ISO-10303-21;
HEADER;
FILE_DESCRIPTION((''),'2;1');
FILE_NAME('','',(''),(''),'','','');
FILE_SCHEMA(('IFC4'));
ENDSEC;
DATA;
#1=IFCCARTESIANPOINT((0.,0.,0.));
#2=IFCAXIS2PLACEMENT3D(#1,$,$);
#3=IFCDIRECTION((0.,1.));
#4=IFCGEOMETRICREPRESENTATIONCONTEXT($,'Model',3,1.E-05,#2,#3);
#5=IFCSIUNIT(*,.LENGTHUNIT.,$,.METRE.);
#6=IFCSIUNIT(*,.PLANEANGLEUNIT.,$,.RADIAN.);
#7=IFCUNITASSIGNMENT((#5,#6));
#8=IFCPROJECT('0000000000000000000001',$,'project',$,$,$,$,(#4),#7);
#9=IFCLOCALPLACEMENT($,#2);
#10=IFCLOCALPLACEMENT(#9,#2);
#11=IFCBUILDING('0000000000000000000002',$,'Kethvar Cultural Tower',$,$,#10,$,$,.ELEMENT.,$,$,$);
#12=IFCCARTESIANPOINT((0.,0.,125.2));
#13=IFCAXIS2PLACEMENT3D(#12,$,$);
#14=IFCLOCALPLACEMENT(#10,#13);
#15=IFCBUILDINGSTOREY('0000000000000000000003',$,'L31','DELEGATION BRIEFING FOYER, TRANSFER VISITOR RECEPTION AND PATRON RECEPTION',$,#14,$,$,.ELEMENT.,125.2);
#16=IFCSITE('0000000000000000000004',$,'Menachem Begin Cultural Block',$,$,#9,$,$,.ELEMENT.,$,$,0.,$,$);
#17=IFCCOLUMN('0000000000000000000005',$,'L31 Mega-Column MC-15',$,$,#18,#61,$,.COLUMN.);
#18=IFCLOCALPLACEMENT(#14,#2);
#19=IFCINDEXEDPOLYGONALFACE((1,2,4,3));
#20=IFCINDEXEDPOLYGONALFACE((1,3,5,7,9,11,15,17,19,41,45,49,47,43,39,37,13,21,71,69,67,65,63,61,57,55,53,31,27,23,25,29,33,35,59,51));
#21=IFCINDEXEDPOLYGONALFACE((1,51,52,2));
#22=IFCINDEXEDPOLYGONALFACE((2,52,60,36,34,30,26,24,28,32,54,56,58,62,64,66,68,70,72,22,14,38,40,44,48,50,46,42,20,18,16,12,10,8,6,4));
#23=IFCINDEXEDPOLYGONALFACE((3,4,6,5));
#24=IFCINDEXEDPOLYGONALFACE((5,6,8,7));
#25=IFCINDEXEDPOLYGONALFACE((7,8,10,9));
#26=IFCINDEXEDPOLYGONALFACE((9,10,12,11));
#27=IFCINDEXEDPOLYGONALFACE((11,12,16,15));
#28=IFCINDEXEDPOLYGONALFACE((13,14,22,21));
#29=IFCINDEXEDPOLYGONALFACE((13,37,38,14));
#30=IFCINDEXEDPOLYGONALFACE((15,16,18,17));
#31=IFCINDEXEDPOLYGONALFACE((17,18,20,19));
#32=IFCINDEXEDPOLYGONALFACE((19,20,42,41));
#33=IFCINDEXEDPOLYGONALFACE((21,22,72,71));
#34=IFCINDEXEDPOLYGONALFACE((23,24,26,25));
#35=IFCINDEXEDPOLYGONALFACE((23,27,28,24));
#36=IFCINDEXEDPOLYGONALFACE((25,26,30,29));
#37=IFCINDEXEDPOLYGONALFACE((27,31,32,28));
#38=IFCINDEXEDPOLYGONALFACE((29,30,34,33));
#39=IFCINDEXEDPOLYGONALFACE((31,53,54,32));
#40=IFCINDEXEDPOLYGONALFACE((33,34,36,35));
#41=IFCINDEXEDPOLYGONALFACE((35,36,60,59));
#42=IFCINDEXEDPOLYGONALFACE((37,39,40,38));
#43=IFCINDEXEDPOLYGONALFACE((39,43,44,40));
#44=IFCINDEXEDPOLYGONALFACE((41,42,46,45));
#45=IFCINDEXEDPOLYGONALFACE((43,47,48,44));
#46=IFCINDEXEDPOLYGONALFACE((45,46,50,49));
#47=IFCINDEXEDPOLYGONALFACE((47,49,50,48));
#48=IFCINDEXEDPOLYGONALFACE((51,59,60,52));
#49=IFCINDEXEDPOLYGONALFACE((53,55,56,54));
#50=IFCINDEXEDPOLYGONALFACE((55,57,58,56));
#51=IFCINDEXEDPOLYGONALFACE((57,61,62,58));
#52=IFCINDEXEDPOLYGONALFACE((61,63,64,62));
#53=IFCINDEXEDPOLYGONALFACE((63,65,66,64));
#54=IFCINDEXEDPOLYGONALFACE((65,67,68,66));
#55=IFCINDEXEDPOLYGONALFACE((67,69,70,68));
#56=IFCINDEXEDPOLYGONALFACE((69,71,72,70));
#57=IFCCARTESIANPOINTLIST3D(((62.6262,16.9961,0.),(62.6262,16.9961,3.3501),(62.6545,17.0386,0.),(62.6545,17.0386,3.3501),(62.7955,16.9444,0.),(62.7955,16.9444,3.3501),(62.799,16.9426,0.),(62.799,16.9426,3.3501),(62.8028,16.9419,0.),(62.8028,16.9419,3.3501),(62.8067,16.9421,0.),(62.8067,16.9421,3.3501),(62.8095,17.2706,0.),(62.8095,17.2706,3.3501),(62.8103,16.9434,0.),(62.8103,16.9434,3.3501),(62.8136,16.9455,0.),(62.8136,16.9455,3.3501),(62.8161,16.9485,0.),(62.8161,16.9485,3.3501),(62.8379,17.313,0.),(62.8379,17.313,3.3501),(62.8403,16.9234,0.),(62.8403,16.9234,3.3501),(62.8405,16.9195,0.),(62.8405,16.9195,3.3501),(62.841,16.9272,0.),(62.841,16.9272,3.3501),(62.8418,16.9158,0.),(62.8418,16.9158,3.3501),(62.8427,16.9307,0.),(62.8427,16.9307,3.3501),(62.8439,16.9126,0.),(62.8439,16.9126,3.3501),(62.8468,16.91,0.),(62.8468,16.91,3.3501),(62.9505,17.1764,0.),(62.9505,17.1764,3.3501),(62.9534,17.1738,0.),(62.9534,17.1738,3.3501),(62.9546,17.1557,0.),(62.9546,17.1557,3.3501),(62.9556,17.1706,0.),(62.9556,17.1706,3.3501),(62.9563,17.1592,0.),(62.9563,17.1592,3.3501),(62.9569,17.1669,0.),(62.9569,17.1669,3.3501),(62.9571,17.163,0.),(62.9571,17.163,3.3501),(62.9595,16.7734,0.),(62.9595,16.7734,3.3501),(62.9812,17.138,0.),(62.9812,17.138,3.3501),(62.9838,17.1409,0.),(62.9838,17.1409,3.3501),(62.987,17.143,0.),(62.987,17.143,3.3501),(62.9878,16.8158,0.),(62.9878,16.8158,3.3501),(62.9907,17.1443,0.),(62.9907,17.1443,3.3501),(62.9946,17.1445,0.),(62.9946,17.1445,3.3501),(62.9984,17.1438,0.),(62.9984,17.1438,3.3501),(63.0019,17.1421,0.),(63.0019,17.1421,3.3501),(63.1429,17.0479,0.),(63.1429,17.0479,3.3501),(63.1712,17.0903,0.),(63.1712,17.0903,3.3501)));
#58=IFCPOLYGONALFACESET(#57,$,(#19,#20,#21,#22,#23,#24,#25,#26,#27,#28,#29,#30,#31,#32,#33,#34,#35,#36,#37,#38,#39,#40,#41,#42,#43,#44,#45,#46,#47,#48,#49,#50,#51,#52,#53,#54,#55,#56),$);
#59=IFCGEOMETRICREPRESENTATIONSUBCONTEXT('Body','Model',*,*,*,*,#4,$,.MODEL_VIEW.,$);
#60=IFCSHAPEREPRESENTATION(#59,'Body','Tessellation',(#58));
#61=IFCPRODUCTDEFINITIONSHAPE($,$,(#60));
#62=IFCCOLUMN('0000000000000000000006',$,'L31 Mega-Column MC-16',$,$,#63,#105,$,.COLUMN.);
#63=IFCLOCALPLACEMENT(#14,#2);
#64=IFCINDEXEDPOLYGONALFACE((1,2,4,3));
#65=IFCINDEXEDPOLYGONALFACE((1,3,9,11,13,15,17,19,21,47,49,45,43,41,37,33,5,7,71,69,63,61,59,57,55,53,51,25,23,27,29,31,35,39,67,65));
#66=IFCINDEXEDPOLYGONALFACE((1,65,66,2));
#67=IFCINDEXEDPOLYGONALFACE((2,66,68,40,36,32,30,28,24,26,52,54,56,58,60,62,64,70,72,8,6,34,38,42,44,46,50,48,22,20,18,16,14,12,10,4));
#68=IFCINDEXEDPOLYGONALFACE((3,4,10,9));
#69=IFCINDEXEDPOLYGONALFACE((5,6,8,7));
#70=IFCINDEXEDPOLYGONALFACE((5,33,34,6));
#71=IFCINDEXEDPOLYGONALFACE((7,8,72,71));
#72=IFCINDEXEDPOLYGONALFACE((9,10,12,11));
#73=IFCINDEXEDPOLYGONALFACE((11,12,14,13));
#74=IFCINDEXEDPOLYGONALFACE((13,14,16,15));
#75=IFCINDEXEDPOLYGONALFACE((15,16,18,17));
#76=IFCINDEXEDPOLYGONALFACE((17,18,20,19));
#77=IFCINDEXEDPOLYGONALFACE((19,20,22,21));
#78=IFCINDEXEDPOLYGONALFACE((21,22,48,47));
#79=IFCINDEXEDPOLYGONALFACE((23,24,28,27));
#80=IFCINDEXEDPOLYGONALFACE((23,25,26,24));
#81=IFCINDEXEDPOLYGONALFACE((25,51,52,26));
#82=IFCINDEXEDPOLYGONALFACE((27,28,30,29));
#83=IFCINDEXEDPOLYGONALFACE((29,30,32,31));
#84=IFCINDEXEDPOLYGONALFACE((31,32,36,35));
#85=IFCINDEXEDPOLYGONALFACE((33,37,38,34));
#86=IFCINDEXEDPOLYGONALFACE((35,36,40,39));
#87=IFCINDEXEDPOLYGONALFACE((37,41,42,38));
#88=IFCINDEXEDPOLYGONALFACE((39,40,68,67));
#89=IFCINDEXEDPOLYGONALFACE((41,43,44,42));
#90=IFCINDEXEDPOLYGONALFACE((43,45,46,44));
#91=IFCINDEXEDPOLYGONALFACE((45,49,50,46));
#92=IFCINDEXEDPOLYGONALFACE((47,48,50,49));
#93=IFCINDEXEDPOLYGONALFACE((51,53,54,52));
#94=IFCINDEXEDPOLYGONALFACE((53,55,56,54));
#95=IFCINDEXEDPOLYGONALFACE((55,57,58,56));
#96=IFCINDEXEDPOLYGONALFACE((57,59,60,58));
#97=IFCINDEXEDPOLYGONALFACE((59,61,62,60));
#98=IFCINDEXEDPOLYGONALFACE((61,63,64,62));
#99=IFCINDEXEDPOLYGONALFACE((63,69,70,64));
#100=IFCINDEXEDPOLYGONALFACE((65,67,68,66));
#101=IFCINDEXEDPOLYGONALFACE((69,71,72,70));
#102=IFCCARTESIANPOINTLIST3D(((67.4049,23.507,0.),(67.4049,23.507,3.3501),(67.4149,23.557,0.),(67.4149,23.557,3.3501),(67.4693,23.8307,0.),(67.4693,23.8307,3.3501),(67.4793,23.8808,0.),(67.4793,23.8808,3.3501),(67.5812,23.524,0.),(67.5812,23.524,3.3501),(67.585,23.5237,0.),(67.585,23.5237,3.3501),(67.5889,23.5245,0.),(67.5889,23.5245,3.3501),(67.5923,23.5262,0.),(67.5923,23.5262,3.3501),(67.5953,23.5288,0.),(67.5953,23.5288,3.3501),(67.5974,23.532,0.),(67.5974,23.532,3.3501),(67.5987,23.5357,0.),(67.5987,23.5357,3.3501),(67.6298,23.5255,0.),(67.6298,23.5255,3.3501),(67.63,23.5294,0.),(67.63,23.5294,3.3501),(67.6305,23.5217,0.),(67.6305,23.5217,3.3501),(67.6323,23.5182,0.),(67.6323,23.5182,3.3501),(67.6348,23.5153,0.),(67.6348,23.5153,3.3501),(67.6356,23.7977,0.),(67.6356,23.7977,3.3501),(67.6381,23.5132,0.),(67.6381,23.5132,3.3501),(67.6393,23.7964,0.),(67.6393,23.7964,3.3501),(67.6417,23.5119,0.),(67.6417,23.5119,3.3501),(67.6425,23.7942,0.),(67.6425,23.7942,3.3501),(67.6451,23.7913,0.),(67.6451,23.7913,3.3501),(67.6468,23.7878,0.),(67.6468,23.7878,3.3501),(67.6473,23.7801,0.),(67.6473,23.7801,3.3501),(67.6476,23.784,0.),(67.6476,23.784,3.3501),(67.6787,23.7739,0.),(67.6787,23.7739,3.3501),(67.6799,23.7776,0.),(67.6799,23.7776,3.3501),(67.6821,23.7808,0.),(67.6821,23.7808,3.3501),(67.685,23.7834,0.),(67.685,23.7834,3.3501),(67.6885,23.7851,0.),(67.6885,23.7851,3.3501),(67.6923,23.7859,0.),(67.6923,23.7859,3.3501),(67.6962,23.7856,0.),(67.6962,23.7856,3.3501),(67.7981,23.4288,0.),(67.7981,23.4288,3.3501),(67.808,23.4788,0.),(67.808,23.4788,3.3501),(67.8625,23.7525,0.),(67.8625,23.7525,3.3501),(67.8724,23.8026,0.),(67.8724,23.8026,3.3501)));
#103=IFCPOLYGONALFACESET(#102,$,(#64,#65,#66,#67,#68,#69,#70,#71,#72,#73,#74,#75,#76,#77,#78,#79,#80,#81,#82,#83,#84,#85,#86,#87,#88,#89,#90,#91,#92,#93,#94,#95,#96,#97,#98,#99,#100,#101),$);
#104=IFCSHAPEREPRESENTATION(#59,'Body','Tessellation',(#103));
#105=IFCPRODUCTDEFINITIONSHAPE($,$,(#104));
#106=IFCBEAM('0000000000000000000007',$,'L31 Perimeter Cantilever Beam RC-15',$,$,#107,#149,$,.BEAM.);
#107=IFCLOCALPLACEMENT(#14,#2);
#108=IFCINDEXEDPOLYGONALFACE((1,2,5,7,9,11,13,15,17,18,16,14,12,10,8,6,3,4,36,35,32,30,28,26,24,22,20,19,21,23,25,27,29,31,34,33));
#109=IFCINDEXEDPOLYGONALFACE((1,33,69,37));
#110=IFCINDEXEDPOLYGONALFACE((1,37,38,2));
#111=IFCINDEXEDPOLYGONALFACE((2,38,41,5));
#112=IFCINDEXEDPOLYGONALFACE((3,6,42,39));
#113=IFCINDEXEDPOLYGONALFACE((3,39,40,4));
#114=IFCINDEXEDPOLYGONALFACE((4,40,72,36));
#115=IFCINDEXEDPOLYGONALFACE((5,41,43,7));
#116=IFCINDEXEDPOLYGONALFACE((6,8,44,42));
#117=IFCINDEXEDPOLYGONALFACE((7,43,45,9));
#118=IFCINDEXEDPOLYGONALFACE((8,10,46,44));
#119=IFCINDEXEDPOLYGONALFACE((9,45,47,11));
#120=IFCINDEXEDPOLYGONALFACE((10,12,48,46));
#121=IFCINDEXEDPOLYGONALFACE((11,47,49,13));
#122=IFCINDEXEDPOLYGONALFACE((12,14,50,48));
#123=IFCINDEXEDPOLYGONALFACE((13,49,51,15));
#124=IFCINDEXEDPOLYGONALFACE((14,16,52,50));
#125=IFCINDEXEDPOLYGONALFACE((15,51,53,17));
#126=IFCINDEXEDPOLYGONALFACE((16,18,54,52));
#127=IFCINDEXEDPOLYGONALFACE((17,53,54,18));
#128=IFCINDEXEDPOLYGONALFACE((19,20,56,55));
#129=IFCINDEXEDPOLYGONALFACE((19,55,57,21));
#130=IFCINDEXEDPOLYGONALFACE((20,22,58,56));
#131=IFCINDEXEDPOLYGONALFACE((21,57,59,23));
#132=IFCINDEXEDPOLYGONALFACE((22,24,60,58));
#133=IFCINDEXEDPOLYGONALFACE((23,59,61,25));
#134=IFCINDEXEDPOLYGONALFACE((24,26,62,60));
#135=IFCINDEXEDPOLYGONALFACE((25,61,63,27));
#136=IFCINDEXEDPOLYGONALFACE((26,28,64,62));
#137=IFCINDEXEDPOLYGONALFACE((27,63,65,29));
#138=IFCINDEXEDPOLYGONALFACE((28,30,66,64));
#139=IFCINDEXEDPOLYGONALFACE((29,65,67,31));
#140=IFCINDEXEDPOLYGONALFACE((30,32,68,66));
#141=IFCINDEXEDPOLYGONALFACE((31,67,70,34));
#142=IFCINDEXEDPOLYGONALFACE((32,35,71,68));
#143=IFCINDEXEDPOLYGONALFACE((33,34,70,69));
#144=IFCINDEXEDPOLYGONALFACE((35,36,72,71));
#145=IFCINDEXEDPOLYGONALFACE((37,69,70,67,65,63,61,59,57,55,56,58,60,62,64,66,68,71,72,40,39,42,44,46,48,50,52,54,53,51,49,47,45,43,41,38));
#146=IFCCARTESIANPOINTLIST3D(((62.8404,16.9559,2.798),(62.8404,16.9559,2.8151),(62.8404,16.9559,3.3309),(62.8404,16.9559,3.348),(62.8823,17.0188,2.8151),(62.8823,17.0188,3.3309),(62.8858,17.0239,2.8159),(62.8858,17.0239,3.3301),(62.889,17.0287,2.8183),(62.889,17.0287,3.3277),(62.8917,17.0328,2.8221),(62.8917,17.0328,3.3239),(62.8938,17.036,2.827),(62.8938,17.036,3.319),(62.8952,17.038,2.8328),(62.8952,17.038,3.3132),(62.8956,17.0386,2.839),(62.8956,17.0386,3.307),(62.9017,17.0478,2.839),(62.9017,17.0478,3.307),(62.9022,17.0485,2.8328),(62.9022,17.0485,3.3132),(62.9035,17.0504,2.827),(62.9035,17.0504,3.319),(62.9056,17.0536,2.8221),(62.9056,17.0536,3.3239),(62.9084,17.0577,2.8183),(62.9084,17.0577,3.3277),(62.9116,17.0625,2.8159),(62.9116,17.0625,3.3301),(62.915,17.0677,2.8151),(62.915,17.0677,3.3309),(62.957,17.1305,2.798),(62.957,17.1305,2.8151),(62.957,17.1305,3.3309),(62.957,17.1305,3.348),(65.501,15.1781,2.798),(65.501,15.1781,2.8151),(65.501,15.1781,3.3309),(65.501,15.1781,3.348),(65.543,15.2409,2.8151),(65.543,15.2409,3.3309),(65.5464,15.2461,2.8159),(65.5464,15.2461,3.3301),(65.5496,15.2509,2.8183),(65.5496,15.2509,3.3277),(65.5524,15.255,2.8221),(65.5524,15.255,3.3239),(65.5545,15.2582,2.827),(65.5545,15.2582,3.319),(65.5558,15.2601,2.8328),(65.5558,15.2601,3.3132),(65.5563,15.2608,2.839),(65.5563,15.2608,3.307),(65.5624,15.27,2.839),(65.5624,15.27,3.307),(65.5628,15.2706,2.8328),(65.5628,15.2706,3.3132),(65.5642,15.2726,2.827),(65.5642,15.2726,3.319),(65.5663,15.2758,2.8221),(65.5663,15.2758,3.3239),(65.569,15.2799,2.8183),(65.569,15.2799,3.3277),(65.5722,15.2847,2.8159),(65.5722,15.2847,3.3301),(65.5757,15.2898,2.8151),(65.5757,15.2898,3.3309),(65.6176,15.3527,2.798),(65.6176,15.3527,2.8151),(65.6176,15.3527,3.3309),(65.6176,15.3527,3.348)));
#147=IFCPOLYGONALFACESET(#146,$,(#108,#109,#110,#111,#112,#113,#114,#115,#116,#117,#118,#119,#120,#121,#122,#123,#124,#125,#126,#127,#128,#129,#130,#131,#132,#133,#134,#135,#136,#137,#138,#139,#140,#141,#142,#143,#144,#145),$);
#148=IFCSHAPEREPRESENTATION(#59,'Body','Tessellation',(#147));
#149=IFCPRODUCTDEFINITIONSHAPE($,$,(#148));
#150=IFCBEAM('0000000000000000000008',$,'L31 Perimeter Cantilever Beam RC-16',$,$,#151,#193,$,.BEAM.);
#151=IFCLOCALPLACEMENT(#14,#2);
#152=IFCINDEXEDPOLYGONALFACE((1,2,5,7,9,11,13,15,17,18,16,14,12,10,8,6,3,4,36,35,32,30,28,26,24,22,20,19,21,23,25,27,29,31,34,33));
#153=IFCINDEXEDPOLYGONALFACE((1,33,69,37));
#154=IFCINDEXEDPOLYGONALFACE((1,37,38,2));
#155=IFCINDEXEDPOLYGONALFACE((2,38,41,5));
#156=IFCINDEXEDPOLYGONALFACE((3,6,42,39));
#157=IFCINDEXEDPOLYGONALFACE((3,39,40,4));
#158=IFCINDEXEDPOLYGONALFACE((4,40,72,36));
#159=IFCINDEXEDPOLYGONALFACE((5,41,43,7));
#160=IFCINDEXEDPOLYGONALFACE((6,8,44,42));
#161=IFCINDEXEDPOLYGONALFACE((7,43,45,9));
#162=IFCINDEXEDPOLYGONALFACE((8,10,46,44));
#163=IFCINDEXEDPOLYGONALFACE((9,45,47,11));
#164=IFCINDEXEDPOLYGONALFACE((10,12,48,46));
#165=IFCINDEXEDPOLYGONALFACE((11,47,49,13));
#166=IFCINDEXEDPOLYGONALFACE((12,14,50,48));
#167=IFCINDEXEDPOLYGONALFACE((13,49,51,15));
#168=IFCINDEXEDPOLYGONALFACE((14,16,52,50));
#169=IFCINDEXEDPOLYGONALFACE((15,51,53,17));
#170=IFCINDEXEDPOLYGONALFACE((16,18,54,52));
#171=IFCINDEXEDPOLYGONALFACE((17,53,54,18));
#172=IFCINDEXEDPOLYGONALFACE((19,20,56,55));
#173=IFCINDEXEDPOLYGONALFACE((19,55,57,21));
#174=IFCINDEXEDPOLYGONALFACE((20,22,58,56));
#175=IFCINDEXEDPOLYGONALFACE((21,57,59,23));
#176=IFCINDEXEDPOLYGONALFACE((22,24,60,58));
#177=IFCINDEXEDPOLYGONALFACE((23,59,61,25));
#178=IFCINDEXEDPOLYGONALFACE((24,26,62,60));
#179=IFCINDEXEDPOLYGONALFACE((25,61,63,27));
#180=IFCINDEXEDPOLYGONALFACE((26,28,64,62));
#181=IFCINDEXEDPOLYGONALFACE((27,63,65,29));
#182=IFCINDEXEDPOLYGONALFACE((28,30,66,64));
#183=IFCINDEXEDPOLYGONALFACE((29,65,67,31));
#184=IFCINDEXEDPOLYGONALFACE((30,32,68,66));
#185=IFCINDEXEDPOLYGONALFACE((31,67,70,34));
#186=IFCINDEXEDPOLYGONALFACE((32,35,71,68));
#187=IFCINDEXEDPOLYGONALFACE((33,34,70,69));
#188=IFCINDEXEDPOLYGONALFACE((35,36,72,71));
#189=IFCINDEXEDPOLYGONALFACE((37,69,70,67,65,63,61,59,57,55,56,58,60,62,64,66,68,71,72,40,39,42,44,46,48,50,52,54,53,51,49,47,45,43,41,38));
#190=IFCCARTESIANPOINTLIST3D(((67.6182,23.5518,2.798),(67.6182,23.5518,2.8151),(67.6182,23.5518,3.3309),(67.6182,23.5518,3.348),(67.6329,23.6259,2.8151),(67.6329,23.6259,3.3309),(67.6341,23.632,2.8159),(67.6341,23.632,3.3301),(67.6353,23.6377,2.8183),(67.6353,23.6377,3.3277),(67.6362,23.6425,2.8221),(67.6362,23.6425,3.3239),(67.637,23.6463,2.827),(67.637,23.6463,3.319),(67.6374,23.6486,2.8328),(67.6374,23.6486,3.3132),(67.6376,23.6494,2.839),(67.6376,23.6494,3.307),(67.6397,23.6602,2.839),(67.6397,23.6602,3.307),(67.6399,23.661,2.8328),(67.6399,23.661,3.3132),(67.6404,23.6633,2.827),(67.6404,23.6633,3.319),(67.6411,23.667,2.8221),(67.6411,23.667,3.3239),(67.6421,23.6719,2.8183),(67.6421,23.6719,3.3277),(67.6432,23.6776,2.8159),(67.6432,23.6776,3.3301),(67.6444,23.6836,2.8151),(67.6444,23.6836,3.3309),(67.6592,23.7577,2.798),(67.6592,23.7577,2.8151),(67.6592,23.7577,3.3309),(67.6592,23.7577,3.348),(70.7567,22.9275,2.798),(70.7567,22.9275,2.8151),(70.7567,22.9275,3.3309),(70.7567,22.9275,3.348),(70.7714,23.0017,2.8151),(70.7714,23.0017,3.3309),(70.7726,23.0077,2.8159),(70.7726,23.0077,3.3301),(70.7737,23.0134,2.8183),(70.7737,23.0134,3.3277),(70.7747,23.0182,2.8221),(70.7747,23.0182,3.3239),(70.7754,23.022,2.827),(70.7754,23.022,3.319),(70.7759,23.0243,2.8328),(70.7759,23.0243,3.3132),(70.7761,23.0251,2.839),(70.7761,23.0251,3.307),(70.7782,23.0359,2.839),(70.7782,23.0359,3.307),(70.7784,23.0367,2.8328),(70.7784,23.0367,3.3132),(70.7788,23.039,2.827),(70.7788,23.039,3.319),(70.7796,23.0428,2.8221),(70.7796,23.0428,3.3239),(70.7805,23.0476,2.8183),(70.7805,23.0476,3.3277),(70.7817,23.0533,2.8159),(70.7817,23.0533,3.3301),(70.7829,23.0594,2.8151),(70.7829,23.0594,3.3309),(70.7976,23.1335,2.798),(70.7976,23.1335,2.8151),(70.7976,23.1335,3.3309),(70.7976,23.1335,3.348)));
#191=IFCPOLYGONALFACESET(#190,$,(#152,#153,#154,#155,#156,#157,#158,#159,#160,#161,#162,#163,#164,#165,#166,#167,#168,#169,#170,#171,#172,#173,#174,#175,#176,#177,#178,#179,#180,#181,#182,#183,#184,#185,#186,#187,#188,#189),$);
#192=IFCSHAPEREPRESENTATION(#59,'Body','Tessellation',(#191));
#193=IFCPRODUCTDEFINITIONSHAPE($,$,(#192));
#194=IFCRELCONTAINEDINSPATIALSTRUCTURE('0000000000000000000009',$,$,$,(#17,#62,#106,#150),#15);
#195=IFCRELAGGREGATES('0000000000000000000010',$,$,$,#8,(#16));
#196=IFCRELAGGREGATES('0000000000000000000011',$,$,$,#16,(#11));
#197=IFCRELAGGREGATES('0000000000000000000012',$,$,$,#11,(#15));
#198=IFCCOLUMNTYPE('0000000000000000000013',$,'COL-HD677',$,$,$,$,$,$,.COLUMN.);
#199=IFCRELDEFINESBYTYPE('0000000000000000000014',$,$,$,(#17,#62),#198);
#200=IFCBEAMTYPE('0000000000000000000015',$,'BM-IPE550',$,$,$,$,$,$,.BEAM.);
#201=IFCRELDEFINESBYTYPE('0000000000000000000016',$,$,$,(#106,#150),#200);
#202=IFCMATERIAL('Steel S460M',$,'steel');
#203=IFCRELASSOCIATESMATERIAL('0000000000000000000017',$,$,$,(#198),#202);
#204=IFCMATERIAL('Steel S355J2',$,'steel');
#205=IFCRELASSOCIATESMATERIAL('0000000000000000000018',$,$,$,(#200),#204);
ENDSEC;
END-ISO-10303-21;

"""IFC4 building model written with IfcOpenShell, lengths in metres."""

from ifc_helpers import new_model, si_unit, direction, frame, origin, origin_2d, place, context, subcontext, project, spatial, i_section, extrude, source, transform, mapped, material, material_profile, profile_set, type_object, element, save


model = new_model("IFC4")

# Units and contexts
model_context = context("Model", 3, precision=1e-05, world=origin(), true_north=direction((0.0, 1.0)))
body_context = subcontext(model_context, "Body", "Model", "MODEL_VIEW")
ifc_project = project(units=[si_unit("LENGTHUNIT", "METRE"), si_unit("PLANEANGLEUNIT", "RADIAN")], contexts=[model_context])

# Site, building, storey
site_placement = place(None, origin())
site = spatial("IfcSite", under=ifc_project, at=site_placement, Name="Menachem Begin Cultural Block", CompositionType="ELEMENT", RefElevation=0.0)
building_placement = place(site_placement, origin())
building = spatial("IfcBuilding", under=site, at=building_placement, Name="Kethvar Cultural Tower", CompositionType="ELEMENT")
storey_placement = place(building_placement, frame((0.0, 0.0, 125.2)))
storey = spatial("IfcBuildingStorey", under=building, at=storey_placement, Name="L31", Description="DELEGATION BRIEFING FOYER, TRANSFER VISITOR RECEPTION AND PATRON RECEPTION", CompositionType="ELEMENT", Elevation=125.2)

# Columns
ifc_material_1 = material(Name="Steel S460M", Category="steel")
ifc_material_profile_1 = material_profile(ifc_material_1, i_section(OverallWidth=0.4009, OverallDepth=0.3811, WebThickness=0.032, FlangeThickness=0.051, FilletRadius=0.0149, at=origin_2d()), Name="Steel S460M — HD400x677")
ifc_profile_set_1 = profile_set([ifc_material_profile_1], Name="Steel S460M — HD400x677")
column_type = type_object("IfcColumnType", Name="COL-HD677", PredefinedType="COLUMN", material=ifc_profile_set_1)
shared_shape_1 = source(origin(), body_context, "Body", "SweptSolid", [
    extrude(i_section(OverallWidth=0.4009, OverallDepth=0.3811, WebThickness=0.032, FlangeThickness=0.051, FilletRadius=0.0149, at=origin_2d()), origin(), (0.0, 0.0, 1.0), 3.3501),
])
for number, where, z_axis, x_axis, name in (
    (1, (62.8987, 17.0432, 0.0), (0.0, 0.0, 1.0), (0.83147, -0.55557, 0.0), "L31 Mega-Column MC-15"),
    (2, (67.6387, 23.6548, 0.0), (0.0, 0.0, 1.0), (0.980785, -0.19509, 0.0), "L31 Mega-Column MC-16"),
):
    element("IfcColumn", number, at=place(storey_placement, frame(where, z_axis=z_axis, x_axis=x_axis)), inside=storey, type_object=column_type, Name=name, PredefinedType="COLUMN", context=body_context, shape_type="MappedRepresentation", body=[
        mapped(shared_shape_1, transform((0.0, 0.0, 0.0), scale=1.0)),
    ])

# Beams
ifc_material_2 = material(Name="Steel S355J2", Category="steel")
ifc_material_profile_2 = material_profile(ifc_material_2, i_section(OverallWidth=0.21, OverallDepth=0.55, WebThickness=0.011, FlangeThickness=0.0171, FilletRadius=0.0239, at=origin_2d()), Name="Steel S355J2 — IPE550")
ifc_profile_set_2 = profile_set([ifc_material_profile_2], Name="Steel S355J2 — IPE550")
beam_type_1 = type_object("IfcBeamType", Name="BM-IPE550", PredefinedType="BEAM", material=ifc_profile_set_2)
shared_shape_2 = source(origin(), body_context, "Body", "SweptSolid", [
    extrude(i_section(OverallWidth=0.21, OverallDepth=0.55, WebThickness=0.011, FlangeThickness=0.0171, FilletRadius=0.0239, at=origin_2d()), origin(), (0.0, 0.0, 1.0), 3.2),
])
for number, where, z_axis, x_axis, name in (
    (3, (62.8987, 17.0432, 3.073), (0.831463, -0.55558, 0.0), (0.55558, 0.831463, 0.0), "L31 Perimeter Cantilever Beam RC-15"),
    (4, (67.6387, 23.6548, 3.073), (0.980786, -0.195089, 0.0), (0.195089, 0.980786, 0.0), "L31 Perimeter Cantilever Beam RC-16"),
):
    element("IfcBeam", number, at=place(storey_placement, frame(where, z_axis=z_axis, x_axis=x_axis)), inside=storey, type_object=beam_type_1, Name=name, PredefinedType="BEAM", context=body_context, shape_type="MappedRepresentation", body=[
        mapped(shared_shape_2, transform((0.0, 0.0, 0.0), scale=1.0)),
    ])

save(model, "model.ifc")
